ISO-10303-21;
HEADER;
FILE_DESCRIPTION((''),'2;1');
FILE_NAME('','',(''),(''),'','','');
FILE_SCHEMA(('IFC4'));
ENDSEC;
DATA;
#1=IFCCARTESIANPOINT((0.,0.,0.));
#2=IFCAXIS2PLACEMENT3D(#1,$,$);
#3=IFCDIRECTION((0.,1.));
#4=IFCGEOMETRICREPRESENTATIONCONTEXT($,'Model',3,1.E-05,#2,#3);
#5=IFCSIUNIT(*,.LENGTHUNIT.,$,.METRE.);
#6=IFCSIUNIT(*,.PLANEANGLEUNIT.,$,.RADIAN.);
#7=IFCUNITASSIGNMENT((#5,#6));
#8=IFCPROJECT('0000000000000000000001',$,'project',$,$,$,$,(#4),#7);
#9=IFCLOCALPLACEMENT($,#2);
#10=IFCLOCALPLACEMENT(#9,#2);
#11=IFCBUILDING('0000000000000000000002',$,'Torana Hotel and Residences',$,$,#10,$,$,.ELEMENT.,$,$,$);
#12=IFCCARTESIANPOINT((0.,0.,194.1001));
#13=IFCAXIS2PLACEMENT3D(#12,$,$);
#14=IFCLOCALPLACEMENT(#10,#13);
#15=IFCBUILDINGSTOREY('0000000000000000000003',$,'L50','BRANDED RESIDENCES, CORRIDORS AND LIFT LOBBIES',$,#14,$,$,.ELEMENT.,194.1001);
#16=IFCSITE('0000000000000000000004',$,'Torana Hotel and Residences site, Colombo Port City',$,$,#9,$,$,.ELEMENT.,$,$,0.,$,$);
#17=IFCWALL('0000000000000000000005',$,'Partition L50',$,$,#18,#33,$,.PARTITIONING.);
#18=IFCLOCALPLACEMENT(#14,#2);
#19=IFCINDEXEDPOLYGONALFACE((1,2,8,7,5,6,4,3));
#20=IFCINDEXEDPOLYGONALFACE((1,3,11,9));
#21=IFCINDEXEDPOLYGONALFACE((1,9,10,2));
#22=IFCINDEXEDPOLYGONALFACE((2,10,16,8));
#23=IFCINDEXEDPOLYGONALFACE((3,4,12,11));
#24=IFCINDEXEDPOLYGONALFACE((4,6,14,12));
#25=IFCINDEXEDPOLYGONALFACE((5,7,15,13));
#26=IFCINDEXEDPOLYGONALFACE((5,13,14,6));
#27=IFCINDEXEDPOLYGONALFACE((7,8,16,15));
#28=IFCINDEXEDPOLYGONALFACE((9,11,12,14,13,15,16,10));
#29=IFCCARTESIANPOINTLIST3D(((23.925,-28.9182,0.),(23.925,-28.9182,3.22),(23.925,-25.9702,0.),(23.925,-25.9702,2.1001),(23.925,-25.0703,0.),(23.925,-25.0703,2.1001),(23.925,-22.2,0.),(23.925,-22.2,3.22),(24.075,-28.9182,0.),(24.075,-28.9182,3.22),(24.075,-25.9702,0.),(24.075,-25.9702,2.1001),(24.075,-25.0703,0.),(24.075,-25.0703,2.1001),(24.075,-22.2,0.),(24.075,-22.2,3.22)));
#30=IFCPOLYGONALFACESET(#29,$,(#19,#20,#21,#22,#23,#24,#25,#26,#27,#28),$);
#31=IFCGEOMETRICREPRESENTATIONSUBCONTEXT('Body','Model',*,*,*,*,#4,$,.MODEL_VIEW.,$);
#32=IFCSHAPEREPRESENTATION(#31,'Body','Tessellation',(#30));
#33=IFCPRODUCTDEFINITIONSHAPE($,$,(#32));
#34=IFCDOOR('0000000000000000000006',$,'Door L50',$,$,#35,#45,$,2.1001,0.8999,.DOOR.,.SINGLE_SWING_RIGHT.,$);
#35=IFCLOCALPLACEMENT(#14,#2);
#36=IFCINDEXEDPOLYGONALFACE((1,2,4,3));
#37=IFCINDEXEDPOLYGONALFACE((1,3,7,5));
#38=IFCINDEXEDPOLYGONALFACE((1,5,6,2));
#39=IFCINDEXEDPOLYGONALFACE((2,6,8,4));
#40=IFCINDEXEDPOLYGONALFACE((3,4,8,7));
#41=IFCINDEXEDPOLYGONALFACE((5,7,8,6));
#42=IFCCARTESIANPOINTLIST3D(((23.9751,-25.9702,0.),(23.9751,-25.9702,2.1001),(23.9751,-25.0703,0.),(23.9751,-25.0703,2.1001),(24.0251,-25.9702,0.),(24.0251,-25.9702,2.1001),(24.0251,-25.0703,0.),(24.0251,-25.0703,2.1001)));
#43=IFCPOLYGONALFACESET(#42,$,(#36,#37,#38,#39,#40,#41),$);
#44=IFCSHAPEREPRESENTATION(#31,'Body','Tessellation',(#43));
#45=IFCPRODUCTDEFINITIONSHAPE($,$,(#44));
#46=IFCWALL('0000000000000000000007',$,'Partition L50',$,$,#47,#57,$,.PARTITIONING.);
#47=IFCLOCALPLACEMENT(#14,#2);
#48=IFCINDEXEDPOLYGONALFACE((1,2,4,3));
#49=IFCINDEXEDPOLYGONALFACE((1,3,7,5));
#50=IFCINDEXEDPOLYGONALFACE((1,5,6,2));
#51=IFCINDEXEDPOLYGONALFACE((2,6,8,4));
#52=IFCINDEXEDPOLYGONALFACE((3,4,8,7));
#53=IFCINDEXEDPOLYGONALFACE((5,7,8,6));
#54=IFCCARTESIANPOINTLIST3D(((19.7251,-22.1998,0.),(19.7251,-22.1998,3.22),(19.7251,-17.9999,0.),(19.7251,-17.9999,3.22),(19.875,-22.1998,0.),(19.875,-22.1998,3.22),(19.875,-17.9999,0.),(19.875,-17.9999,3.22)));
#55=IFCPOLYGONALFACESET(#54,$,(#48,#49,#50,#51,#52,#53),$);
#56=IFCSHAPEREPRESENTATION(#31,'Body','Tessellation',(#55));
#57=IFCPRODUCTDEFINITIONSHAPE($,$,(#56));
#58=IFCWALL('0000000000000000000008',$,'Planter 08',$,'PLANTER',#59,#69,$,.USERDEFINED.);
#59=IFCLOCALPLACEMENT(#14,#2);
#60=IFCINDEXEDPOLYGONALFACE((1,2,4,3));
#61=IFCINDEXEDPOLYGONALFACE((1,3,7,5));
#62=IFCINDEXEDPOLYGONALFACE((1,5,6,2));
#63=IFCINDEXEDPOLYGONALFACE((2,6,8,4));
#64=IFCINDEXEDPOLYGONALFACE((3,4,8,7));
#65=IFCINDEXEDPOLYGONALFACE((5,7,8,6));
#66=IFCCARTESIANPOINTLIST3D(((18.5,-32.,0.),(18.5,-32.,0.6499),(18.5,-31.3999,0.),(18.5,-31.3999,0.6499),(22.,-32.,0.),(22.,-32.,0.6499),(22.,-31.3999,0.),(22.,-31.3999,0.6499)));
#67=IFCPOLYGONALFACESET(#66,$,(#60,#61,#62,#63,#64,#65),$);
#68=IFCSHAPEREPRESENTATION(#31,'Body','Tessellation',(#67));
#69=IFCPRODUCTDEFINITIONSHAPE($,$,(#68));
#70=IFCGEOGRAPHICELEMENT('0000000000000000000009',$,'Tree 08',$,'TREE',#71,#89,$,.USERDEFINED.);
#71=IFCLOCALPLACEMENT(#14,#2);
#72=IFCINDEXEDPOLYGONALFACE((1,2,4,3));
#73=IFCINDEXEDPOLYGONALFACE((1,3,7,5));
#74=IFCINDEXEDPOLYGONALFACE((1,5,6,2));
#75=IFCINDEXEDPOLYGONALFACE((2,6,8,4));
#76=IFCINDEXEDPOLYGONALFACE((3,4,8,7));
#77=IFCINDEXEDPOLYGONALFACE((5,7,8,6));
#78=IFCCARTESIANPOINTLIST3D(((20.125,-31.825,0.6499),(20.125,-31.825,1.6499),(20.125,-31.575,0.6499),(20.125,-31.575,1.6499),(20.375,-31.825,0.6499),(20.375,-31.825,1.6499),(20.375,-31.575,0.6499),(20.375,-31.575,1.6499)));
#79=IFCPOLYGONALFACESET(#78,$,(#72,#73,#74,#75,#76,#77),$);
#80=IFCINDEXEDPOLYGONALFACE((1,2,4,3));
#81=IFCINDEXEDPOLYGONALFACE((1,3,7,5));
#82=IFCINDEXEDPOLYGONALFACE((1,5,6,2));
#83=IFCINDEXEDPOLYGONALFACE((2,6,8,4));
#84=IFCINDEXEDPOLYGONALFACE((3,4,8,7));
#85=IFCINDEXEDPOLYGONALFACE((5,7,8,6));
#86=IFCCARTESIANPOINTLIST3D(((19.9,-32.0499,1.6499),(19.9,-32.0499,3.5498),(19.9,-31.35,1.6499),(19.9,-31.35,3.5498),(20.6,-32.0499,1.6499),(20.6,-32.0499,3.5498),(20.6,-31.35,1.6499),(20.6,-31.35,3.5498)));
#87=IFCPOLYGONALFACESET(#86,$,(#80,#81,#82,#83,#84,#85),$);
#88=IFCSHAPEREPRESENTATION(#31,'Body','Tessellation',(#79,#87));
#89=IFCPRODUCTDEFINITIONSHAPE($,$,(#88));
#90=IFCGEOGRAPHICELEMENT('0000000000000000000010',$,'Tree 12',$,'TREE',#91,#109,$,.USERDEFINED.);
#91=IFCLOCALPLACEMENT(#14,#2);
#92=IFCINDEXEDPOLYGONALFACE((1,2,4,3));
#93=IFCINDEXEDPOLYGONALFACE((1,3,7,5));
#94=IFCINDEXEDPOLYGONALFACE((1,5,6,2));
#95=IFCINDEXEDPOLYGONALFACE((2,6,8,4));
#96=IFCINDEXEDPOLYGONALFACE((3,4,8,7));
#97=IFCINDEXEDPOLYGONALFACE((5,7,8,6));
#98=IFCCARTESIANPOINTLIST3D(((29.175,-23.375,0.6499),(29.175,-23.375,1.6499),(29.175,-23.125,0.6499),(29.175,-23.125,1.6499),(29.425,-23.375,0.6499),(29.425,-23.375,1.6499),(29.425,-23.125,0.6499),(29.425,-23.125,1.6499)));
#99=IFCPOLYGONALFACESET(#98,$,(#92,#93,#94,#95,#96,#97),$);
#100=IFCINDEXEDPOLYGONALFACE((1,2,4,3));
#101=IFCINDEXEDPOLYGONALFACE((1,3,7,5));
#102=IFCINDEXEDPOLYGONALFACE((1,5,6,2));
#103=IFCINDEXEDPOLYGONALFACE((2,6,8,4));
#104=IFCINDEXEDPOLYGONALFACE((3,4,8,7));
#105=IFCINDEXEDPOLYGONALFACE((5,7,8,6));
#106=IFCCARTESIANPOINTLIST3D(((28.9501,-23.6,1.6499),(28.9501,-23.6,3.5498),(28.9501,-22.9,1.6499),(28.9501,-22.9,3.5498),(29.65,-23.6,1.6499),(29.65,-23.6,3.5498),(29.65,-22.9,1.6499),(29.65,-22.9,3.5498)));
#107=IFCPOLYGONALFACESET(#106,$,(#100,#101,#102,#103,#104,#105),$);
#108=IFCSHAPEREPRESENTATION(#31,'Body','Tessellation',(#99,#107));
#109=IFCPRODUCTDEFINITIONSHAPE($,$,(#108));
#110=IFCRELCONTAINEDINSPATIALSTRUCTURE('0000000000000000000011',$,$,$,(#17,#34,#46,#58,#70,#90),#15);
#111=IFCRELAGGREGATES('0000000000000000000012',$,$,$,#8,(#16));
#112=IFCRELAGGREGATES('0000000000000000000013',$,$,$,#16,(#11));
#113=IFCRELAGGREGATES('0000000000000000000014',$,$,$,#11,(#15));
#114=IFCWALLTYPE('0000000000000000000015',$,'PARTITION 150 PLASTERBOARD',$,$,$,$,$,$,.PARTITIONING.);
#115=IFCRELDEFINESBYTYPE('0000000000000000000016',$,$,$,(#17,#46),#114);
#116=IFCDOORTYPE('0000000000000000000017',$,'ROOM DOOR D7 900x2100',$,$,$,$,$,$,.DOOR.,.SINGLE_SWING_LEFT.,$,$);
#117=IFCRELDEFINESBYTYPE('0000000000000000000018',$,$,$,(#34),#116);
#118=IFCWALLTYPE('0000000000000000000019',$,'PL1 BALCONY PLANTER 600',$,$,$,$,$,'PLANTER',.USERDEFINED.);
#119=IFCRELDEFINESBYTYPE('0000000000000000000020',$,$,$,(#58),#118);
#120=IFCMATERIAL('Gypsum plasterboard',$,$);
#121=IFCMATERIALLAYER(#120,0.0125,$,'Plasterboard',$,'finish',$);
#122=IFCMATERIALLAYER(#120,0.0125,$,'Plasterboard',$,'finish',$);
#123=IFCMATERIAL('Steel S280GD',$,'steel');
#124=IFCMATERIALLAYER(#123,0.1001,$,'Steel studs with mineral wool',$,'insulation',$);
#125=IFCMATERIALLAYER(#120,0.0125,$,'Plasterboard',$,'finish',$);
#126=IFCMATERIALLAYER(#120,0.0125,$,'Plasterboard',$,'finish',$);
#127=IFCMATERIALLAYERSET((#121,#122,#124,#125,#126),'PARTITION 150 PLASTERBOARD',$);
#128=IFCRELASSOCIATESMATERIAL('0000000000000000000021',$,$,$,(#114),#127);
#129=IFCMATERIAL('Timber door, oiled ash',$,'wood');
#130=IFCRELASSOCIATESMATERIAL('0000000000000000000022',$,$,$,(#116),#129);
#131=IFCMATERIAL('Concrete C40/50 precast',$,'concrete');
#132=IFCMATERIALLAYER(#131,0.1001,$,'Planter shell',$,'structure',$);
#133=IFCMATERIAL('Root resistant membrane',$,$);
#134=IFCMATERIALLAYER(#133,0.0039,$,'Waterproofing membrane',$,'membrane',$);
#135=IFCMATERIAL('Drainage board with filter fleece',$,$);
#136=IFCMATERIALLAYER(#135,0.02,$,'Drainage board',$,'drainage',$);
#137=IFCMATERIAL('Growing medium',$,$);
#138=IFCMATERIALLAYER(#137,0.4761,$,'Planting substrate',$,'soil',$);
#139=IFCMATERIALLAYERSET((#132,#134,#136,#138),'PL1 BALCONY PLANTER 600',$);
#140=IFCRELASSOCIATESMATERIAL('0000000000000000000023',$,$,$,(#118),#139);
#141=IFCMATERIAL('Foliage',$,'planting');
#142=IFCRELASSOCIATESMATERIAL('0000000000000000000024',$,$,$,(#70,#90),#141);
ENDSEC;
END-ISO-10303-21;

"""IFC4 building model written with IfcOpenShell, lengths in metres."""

from ifc_helpers import new_model, si_unit, direction, frame, frame_2d, origin, origin_2d, place, context, subcontext, project, spatial, rectangle, extrude, material, layer, layer_set, type_object, element, fill, save


model = new_model("IFC4")

# Units and contexts
model_context = context("Model", 3, precision=1e-05, world=origin(), true_north=direction((0.0, 1.0)))
body_context = subcontext(model_context, "Body", "Model", "MODEL_VIEW")
ifc_project = project(units=[si_unit("LENGTHUNIT", "METRE"), si_unit("PLANEANGLEUNIT", "RADIAN")], contexts=[model_context])

# Site, building, storey
site_placement = place(None, origin())
site = spatial("IfcSite", under=ifc_project, at=site_placement, Name="Torana Hotel and Residences site, Colombo Port City", CompositionType="ELEMENT", RefElevation=0.0)
building_placement = place(site_placement, origin())
building = spatial("IfcBuilding", under=site, at=building_placement, Name="Torana Hotel and Residences", CompositionType="ELEMENT")
storey_placement = place(building_placement, frame((0.0, 0.0, 194.1001)))
storey = spatial("IfcBuildingStorey", under=building, at=storey_placement, Name="L50", Description="BRANDED RESIDENCES, CORRIDORS AND LIFT LOBBIES", CompositionType="ELEMENT", Elevation=194.1001)

# Shared definitions
ifc_material_1 = material(Name="Steel S280GD", Category="steel")

# Wall, opening, door
ifc_material_2 = material(Name="Gypsum plasterboard")
ifc_layer_1 = layer(ifc_material_2, 0.0125, Name="Plasterboard", Category="finish")
ifc_layer_2 = layer(ifc_material_2, 0.0125, Name="Plasterboard", Category="finish")
ifc_layer_3 = layer(ifc_material_1, 0.1001, Name="Steel studs with mineral wool", Category="insulation")
ifc_layer_4 = layer(ifc_material_2, 0.0125, Name="Plasterboard", Category="finish")
ifc_layer_5 = layer(ifc_material_2, 0.0125, Name="Plasterboard", Category="finish")
ifc_layer_set_1 = layer_set([ifc_layer_1, ifc_layer_2, ifc_layer_3, ifc_layer_4, ifc_layer_5], Name="PARTITION 150 PLASTERBOARD")
wall_type_1 = type_object("IfcWallType", Name="PARTITION 150 PLASTERBOARD", PredefinedType="PARTITIONING", material=ifc_layer_set_1)
wall_1_placement = place(storey_placement, frame((24.0, -28.9182, 0.0), z_axis=(0.0, 0.0, 1.0), x_axis=(0.0, 1.0, 0.0)))
wall_1 = element("IfcWall", 1, at=wall_1_placement, inside=storey, type_object=wall_type_1, Name="Partition L50", PredefinedType="PARTITIONING", context=body_context, shape_type="SweptSolid", body=[
    extrude(rectangle(XDim=6.7183, YDim=0.1499, at=frame_2d((3.3591, 0.0))), origin(), (0.0, 0.0, 1.0), 3.22),
])
opening_1_placement = place(wall_1_placement, frame((2.948, 0.0, 0.0)))
opening_1 = element("IfcOpeningElement", 2, at=opening_1_placement, cuts=wall_1, PredefinedType="OPENING", context=body_context, shape_type="SweptSolid", body=[
    extrude(rectangle(XDim=0.8999, YDim=2.1001, at=frame_2d((0.45, 1.05))), frame((0.0, 0.085, 0.0), z_axis=(0.0, -1.0, 0.0), x_axis=(1.0, 0.0, 0.0)), (0.0, 0.0, 1.0), 0.1699),
])
ifc_material_3 = material(Name="Timber door, oiled ash", Category="wood")
door_type_1 = type_object("IfcDoorType", Name="ROOM DOOR D7 900x2100", OperationType="SINGLE_SWING_LEFT", PredefinedType="DOOR", material=ifc_material_3)
door_1_placement = place(opening_1_placement, origin())
door_1 = element("IfcDoor", 3, at=door_1_placement, inside=storey, type_object=door_type_1, Name="Door L50", OperationType="SINGLE_SWING_RIGHT", OverallHeight=2.1001, OverallWidth=0.8999, PredefinedType="DOOR", context=body_context, shape_type="SweptSolid", body=[
    extrude(rectangle(XDim=0.8999, YDim=2.1001, at=frame_2d((0.45, 1.05))), frame((0.0, 0.0249, 0.0), z_axis=(0.0, -1.0, 0.0), x_axis=(1.0, 0.0, 0.0)), (0.0, 0.0, 1.0), 0.05),
])
fill(opening_1, door_1)

# Walls
wall_2_placement = place(storey_placement, frame((19.8, -22.2, 0.0), z_axis=(0.0, 0.0, 1.0), x_axis=(0.0, 1.0, 0.0)))
element("IfcWall", 4, at=wall_2_placement, inside=storey, type_object=wall_type_1, Name="Partition L50", PredefinedType="PARTITIONING", context=body_context, shape_type="SweptSolid", body=[
    extrude(rectangle(XDim=4.2, YDim=0.1499, at=frame_2d((2.1001, 0.0))), origin(), (0.0, 0.0, 1.0), 3.22),
])
ifc_material_4 = material(Name="Concrete C40/50 precast", Category="concrete")
ifc_layer_6 = layer(ifc_material_4, 0.1001, Name="Planter shell", Category="structure")
ifc_material_5 = material(Name="Root resistant membrane")
ifc_layer_7 = layer(ifc_material_5, 0.0039, Name="Waterproofing membrane", Category="membrane")
ifc_material_6 = material(Name="Drainage board with filter fleece")
ifc_layer_8 = layer(ifc_material_6, 0.02, Name="Drainage board", Category="drainage")
ifc_material_7 = material(Name="Growing medium")
ifc_layer_9 = layer(ifc_material_7, 0.4761, Name="Planting substrate", Category="soil")
ifc_layer_set_2 = layer_set([ifc_layer_6, ifc_layer_7, ifc_layer_8, ifc_layer_9], Name="PL1 BALCONY PLANTER 600")
wall_type_2 = type_object("IfcWallType", Name="PL1 BALCONY PLANTER 600", ElementType="PLANTER", PredefinedType="USERDEFINED", material=ifc_layer_set_2)
wall_3_placement = place(storey_placement, frame((22.0, -31.7, 0.0), z_axis=(0.0, 0.0, 1.0), x_axis=(-1.0, 0.0, 0.0)))
element("IfcWall", 5, at=wall_3_placement, inside=storey, type_object=wall_type_2, Name="Planter 08", ObjectType="PLANTER", PredefinedType="USERDEFINED", context=body_context, shape_type="SweptSolid", body=[
    extrude(rectangle(XDim=3.5, YDim=0.6001, at=frame_2d((1.75, 0.0))), origin(), (0.0, 0.0, 1.0), 0.6499),
])

# Geographic elements
ifc_material_8 = material(Name="Foliage", Category="planting")
for number, where, z_axis, x_axis, name in (
    (6, (20.25, -31.7, 0.6499), (0.0, 0.0, 1.0), (1.0, 0.0, 0.0), "Tree 08"),
    (7, (29.3, -23.25, 0.6499), (0.0, 0.0, 1.0), (1.0, 0.0, 0.0), "Tree 12"),
):
    element("IfcGeographicElement", number, at=place(storey_placement, frame(where, z_axis=z_axis, x_axis=x_axis)), inside=storey, material=ifc_material_8, Name=name, ObjectType="TREE", PredefinedType="USERDEFINED", context=body_context, shape_type="SweptSolid", body=[
        extrude(rectangle(XDim=0.25, YDim=0.25, at=origin_2d()), origin(), (0.0, 0.0, 1.0), 1.0),
        extrude(rectangle(XDim=0.7, YDim=0.7, at=origin_2d()), frame((0.0, 0.0, 1.0)), (0.0, 0.0, 1.0), 1.8999),
    ])

save(model, "model.ifc")
